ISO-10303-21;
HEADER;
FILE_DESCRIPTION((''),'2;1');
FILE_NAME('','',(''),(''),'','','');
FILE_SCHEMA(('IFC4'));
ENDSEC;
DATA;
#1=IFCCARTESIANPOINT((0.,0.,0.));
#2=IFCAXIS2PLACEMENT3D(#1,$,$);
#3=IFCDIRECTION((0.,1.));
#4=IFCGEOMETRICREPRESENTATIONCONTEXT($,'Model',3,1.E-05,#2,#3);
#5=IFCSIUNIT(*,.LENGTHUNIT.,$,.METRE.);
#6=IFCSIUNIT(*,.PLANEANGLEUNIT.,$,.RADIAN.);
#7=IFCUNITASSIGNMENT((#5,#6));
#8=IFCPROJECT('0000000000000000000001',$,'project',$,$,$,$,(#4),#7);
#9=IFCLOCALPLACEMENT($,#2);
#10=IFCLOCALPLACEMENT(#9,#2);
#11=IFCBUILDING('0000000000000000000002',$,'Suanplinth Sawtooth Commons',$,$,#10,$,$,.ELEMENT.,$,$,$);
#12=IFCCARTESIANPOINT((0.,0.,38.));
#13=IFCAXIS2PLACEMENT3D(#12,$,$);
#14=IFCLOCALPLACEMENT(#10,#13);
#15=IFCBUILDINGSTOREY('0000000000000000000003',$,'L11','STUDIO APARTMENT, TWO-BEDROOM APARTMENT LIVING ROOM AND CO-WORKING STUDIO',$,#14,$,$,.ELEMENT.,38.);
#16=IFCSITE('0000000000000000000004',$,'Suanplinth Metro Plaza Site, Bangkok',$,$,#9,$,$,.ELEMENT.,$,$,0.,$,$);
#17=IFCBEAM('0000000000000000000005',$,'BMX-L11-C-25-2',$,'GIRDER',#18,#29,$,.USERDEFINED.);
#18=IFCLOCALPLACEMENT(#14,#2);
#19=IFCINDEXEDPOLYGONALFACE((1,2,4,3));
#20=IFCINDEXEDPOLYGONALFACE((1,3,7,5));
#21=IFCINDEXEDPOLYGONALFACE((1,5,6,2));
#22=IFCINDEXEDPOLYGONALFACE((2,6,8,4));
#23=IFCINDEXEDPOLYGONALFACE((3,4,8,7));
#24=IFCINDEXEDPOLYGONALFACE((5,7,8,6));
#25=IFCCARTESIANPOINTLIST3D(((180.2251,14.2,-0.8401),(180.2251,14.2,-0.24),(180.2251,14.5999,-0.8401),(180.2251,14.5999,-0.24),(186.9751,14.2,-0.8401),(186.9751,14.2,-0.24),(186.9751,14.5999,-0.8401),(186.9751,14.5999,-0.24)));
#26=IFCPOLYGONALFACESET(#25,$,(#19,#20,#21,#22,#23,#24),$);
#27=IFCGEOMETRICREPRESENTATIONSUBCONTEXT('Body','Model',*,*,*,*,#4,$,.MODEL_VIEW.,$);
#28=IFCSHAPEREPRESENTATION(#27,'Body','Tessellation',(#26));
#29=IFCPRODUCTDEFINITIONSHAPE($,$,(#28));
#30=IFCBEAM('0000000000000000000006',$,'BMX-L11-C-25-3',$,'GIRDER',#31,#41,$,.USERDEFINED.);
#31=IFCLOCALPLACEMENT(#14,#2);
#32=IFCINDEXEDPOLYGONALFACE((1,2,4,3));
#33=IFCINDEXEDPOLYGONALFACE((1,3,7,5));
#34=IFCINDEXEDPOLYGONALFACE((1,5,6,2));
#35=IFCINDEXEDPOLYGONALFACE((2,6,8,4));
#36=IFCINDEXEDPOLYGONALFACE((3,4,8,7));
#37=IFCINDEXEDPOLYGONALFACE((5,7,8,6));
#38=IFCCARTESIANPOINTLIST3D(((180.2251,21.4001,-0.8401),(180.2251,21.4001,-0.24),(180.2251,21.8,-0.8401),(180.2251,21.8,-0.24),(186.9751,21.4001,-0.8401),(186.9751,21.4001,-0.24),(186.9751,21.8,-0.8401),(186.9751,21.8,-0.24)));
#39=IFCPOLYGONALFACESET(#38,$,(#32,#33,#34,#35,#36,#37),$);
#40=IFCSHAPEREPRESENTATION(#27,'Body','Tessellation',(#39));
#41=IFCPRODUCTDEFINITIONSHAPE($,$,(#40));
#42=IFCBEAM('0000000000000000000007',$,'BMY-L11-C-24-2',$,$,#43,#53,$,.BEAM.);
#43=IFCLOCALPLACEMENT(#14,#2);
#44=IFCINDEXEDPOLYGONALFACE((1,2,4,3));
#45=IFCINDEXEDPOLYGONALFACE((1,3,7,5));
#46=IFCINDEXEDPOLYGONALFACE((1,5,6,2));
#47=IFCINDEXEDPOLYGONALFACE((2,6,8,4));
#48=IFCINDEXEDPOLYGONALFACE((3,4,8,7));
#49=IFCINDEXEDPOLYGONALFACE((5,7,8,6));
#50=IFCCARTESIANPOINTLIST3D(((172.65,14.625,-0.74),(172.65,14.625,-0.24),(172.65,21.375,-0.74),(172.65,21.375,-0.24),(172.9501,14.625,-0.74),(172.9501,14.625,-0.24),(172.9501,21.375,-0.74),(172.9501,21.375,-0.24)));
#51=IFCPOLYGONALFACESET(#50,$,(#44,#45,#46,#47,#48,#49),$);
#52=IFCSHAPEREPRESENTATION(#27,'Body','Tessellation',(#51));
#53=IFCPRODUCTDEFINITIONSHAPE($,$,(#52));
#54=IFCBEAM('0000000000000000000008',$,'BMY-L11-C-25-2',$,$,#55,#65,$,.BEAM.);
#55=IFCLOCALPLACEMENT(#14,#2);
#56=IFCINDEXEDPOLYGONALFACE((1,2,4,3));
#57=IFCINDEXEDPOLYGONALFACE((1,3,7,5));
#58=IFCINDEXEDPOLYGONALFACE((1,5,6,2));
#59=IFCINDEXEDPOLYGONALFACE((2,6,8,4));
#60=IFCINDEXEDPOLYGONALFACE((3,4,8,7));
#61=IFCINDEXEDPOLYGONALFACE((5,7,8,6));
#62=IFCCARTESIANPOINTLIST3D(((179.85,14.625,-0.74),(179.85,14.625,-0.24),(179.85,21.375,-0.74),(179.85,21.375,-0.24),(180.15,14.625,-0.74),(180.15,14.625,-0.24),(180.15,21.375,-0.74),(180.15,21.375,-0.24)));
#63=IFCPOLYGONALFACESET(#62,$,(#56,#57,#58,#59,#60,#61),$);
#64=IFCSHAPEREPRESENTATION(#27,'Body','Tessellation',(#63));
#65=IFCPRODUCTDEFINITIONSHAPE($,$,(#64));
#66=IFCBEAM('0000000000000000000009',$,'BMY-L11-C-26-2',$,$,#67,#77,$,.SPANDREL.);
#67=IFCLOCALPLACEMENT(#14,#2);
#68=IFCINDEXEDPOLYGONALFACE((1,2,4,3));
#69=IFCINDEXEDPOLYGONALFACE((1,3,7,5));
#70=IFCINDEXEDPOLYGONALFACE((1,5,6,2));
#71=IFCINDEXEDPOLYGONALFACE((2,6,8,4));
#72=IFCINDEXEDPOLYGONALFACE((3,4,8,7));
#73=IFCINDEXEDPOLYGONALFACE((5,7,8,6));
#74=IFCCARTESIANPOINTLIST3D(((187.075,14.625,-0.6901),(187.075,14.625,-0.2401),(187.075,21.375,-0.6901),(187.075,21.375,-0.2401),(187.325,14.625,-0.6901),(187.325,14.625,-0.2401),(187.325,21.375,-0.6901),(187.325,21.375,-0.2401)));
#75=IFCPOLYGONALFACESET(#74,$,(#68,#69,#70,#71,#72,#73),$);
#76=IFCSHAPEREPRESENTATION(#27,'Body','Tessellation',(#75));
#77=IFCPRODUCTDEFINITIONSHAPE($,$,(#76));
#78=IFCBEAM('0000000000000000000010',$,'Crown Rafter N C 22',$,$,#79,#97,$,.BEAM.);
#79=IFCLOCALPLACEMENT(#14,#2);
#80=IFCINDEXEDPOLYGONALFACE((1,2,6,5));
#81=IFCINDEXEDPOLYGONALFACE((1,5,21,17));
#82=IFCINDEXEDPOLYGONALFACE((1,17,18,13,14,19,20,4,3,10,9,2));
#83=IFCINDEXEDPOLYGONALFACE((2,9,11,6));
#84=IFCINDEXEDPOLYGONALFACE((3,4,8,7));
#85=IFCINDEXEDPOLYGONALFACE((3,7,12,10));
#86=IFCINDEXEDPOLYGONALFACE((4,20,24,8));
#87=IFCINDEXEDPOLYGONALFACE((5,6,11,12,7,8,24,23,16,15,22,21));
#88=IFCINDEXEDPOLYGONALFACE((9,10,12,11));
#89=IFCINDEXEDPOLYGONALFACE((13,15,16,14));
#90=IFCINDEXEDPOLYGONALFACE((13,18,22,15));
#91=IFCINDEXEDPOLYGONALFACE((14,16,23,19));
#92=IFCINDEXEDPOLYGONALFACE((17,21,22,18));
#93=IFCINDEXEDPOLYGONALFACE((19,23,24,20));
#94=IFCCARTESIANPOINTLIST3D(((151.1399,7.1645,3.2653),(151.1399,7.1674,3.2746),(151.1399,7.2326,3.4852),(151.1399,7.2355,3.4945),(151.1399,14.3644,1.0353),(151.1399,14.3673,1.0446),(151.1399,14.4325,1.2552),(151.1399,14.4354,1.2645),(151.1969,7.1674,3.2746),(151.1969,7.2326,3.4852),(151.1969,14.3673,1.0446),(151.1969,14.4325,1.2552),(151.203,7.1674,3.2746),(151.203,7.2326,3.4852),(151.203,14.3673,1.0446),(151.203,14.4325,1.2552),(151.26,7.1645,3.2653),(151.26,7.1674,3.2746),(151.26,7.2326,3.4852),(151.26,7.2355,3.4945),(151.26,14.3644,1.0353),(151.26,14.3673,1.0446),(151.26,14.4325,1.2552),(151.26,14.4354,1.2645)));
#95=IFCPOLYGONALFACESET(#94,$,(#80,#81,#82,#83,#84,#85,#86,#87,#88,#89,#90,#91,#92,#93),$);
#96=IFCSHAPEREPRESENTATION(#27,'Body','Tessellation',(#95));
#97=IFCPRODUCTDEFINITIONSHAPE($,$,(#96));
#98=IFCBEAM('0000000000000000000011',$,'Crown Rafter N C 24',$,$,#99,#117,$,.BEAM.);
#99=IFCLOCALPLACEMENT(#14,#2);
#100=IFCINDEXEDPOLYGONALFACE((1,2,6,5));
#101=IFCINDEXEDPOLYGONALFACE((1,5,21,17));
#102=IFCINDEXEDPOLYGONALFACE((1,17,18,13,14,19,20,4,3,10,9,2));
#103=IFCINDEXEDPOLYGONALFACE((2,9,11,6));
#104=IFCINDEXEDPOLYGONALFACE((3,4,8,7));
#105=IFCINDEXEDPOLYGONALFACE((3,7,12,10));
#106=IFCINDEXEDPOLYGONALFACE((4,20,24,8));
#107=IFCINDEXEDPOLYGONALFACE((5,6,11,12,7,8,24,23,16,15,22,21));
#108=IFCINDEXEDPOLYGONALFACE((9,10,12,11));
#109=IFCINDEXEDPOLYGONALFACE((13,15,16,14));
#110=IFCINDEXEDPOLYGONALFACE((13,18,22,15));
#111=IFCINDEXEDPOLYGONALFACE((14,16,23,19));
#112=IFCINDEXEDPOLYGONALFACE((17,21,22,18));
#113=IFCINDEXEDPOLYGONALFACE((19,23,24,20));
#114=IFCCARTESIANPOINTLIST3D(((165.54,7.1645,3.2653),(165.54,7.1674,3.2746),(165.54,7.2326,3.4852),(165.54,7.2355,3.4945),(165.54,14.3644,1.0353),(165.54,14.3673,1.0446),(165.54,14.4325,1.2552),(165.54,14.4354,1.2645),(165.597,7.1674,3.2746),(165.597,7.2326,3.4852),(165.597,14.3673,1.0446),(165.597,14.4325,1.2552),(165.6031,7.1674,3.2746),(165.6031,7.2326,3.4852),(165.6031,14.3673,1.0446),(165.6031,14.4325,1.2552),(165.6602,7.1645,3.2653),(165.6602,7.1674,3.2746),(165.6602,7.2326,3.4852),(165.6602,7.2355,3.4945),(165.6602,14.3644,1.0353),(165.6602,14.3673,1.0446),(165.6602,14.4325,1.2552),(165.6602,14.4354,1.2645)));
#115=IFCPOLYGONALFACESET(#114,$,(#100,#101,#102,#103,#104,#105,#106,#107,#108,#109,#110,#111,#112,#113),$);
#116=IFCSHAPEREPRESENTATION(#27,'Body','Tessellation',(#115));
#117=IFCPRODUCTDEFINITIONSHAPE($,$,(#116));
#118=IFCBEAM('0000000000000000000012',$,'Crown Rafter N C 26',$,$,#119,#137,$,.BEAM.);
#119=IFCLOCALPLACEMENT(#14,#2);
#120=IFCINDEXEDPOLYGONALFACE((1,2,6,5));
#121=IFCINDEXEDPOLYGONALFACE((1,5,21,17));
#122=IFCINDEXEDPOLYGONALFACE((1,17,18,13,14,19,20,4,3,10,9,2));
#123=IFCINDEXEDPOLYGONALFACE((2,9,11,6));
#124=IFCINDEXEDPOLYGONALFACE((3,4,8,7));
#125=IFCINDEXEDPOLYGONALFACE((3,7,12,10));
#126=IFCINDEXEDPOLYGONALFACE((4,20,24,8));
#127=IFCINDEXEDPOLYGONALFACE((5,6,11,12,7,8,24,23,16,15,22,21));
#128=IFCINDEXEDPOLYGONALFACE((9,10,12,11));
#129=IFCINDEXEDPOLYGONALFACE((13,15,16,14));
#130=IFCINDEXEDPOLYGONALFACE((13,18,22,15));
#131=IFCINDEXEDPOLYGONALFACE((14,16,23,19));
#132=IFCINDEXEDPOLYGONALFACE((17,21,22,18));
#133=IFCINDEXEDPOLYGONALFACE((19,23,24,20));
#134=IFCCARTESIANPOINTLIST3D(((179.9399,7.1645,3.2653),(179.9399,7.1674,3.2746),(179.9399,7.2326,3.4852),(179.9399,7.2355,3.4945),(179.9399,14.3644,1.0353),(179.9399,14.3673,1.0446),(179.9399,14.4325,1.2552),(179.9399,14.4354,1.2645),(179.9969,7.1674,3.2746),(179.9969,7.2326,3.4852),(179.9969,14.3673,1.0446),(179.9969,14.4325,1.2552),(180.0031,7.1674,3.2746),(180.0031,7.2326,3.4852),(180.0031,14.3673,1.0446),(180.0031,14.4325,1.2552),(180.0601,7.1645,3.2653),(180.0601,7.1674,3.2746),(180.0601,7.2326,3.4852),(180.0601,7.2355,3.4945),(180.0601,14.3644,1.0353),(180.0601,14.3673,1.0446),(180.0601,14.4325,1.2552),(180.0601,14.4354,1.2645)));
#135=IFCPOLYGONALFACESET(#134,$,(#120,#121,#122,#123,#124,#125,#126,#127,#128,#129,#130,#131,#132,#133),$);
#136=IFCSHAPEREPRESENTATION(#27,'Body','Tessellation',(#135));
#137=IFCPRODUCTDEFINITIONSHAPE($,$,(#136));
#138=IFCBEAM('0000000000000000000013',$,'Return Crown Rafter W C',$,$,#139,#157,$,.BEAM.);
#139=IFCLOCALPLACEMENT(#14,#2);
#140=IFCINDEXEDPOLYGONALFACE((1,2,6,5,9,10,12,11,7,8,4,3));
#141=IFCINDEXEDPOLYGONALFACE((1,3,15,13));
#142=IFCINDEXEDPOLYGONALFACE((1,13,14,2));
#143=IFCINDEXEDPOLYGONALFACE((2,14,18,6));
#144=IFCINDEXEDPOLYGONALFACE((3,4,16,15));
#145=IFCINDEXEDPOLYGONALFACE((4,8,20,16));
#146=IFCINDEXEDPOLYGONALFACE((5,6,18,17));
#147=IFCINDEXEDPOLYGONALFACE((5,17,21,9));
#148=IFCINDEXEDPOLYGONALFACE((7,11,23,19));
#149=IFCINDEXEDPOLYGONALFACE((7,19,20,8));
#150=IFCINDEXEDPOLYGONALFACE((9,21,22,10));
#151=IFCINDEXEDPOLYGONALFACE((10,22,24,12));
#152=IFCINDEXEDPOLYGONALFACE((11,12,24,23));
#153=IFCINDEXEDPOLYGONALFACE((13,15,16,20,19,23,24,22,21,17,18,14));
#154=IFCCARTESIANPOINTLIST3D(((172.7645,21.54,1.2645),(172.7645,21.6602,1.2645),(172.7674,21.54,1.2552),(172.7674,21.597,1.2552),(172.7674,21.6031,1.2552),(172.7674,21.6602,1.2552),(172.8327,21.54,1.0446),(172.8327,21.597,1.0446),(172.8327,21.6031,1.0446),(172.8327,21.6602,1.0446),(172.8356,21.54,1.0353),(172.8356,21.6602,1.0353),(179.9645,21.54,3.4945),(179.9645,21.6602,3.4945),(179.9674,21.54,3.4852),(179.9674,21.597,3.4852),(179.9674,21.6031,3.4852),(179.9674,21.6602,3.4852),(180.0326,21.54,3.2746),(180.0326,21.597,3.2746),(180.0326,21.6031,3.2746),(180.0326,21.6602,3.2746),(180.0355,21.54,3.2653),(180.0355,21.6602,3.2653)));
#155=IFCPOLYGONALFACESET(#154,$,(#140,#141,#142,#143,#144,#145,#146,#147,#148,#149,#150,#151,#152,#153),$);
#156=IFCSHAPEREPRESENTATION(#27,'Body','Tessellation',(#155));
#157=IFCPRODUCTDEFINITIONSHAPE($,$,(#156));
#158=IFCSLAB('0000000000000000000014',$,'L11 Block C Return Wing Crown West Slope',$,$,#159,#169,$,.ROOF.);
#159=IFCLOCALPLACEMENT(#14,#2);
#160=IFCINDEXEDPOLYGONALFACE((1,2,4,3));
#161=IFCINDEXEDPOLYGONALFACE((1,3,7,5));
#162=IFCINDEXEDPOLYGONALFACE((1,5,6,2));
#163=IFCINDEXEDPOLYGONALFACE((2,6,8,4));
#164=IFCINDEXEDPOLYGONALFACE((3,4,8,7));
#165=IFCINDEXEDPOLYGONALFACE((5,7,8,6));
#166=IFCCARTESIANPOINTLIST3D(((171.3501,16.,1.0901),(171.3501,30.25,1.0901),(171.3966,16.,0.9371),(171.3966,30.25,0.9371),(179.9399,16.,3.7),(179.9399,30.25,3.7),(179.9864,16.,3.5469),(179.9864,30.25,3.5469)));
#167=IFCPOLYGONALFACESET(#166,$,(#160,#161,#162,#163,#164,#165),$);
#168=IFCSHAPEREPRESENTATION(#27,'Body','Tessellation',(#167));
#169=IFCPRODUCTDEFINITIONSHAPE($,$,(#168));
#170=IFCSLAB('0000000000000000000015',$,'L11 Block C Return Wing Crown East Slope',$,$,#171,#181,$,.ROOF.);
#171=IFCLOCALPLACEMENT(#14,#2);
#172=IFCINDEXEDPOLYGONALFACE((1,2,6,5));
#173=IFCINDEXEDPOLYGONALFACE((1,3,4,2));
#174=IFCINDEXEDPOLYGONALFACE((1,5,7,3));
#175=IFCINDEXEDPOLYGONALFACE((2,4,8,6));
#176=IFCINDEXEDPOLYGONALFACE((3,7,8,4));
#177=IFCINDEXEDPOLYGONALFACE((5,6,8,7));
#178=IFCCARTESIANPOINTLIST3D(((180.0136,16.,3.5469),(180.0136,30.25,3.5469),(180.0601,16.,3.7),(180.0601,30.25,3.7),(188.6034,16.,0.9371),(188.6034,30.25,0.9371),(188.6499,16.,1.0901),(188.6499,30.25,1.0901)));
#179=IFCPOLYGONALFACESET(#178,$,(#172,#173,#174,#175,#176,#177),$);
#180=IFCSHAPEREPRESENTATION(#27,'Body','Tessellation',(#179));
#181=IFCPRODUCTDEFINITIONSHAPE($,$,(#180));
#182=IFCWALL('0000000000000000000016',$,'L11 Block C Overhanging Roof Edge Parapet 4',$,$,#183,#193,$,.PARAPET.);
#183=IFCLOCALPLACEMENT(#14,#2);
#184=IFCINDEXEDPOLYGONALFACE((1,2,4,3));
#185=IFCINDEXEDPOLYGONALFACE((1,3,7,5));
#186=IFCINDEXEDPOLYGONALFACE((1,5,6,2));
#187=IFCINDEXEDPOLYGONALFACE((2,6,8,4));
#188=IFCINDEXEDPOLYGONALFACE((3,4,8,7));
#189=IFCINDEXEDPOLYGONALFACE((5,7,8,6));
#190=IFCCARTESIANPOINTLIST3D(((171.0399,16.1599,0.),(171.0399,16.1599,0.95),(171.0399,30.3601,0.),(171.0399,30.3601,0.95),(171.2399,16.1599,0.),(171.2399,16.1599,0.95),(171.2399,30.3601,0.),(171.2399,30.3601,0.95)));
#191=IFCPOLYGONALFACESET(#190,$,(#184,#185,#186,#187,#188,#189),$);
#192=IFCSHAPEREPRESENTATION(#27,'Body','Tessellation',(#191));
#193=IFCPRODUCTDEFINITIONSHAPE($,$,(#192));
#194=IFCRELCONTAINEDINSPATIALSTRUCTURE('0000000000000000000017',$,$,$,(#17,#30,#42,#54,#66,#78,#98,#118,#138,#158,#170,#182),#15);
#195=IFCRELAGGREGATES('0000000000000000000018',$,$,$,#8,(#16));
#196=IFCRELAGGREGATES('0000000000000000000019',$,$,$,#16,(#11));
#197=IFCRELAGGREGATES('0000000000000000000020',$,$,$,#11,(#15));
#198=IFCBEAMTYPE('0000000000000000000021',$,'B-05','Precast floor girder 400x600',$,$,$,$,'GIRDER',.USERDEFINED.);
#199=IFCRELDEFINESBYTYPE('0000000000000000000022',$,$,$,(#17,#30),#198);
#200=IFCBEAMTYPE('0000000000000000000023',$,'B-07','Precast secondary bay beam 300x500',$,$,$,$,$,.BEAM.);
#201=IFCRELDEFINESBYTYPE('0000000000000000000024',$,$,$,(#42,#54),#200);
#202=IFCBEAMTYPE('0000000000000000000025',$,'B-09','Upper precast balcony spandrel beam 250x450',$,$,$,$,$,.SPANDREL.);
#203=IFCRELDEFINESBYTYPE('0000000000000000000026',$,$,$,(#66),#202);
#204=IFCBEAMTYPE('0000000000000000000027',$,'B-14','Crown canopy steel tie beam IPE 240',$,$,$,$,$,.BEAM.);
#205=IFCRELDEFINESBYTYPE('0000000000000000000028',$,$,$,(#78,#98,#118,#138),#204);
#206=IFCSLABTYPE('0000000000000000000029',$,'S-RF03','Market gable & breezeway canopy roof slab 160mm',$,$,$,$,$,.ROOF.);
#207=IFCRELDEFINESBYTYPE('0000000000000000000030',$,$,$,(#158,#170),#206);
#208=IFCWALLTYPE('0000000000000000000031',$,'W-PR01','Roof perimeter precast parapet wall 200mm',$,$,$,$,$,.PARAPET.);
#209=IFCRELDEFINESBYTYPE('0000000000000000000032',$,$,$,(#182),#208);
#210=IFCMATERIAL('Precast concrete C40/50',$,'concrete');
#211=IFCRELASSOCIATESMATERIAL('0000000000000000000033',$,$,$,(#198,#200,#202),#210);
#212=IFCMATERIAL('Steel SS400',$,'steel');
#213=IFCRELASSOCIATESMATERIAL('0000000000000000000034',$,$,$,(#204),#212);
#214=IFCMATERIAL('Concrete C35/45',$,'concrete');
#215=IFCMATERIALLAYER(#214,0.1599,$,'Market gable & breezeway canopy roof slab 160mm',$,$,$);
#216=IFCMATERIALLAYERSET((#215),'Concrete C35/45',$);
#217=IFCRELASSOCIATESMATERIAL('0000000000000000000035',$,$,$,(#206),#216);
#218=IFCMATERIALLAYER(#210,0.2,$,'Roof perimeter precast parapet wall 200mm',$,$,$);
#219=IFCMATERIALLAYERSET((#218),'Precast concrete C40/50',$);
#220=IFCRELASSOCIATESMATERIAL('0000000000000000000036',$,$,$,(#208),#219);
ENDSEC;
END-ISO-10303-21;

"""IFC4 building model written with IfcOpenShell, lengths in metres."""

from ifc_helpers import new_model, si_unit, direction, frame, frame_2d, origin, origin_2d, place, context, subcontext, project, spatial, polyline, rectangle, i_section, outline, extrude, material, layer, layer_set, material_profile, profile_set, type_object, element, save


model = new_model("IFC4")

# Units and contexts
model_context = context("Model", 3, precision=1e-05, world=origin(), true_north=direction((0.0, 1.0)))
body_context = subcontext(model_context, "Body", "Model", "MODEL_VIEW")
ifc_project = project(units=[si_unit("LENGTHUNIT", "METRE"), si_unit("PLANEANGLEUNIT", "RADIAN")], contexts=[model_context])

# Site, building, storey
site_placement = place(None, origin())
site = spatial("IfcSite", under=ifc_project, at=site_placement, Name="Suanplinth Metro Plaza Site, Bangkok", CompositionType="ELEMENT", RefElevation=0.0)
building_placement = place(site_placement, origin())
building = spatial("IfcBuilding", under=site, at=building_placement, Name="Suanplinth Sawtooth Commons", CompositionType="ELEMENT")
storey_placement = place(building_placement, frame((0.0, 0.0, 38.0)))
storey = spatial("IfcBuildingStorey", under=building, at=storey_placement, Name="L11", Description="STUDIO APARTMENT, TWO-BEDROOM APARTMENT LIVING ROOM AND CO-WORKING STUDIO", CompositionType="ELEMENT", Elevation=38.0)

# Beams
ifc_material_1 = material(Name="Precast concrete C40/50", Category="concrete")
ifc_material_profile_1 = material_profile(ifc_material_1, rectangle(XDim=0.3999, YDim=0.6001, at=origin_2d()), Name="PC-GDR 400x600")
ifc_profile_set_1 = profile_set([ifc_material_profile_1], Name="Precast concrete C40/50")
beam_type_1 = type_object("IfcBeamType", Name="B-05", Description="Precast floor girder 400x600", ElementType="GIRDER", PredefinedType="USERDEFINED", material=ifc_profile_set_1)
for number, where, z_axis, x_axis, name in (
    (1, (180.2251, 14.3999, -0.54), (1.0, 0.0, 0.0), (0.0, 1.0, 0.0), "BMX-L11-C-25-2"),
    (2, (180.2251, 21.6001, -0.54), (1.0, 0.0, 0.0), (0.0, 1.0, 0.0), "BMX-L11-C-25-3"),
):
    element("IfcBeam", number, at=place(storey_placement, frame(where, z_axis=z_axis, x_axis=x_axis)), inside=storey, type_object=beam_type_1, Name=name, ObjectType="GIRDER", PredefinedType="USERDEFINED", context=body_context, shape_type="SweptSolid", body=[
        extrude(rectangle(XDim=0.3999, YDim=0.6001, at=origin_2d()), origin(), (0.0, 0.0, 1.0), 6.75),
    ])
ifc_material_profile_2 = material_profile(ifc_material_1, rectangle(XDim=0.3, YDim=0.5, at=origin_2d()), Name="PC-BM 300x500")
ifc_profile_set_2 = profile_set([ifc_material_profile_2], Name="Precast concrete C40/50")
beam_type_2 = type_object("IfcBeamType", Name="B-07", Description="Precast secondary bay beam 300x500", PredefinedType="BEAM", material=ifc_profile_set_2)
for number, where, z_axis, x_axis, name in (
    (3, (172.8, 14.625, -0.49), (0.0, 1.0, 0.0), (-1.0, 0.0, 0.0), "BMY-L11-C-24-2"),
    (4, (180.0, 14.625, -0.49), (0.0, 1.0, 0.0), (-1.0, 0.0, 0.0), "BMY-L11-C-25-2"),
):
    element("IfcBeam", number, at=place(storey_placement, frame(where, z_axis=z_axis, x_axis=x_axis)), inside=storey, type_object=beam_type_2, Name=name, PredefinedType="BEAM", context=body_context, shape_type="SweptSolid", body=[
        extrude(rectangle(XDim=0.3, YDim=0.5, at=origin_2d()), origin(), (0.0, 0.0, 1.0), 6.75),
    ])
ifc_material_profile_3 = material_profile(ifc_material_1, rectangle(XDim=0.25, YDim=0.45, at=origin_2d()), Name="PC-SP 250x450")
ifc_profile_set_3 = profile_set([ifc_material_profile_3], Name="Precast concrete C40/50")
beam_type_3 = type_object("IfcBeamType", Name="B-09", Description="Upper precast balcony spandrel beam 250x450", PredefinedType="SPANDREL", material=ifc_profile_set_3)
beam_placement = place(storey_placement, frame((187.2, 14.625, -0.4651), z_axis=(0.0, 1.0, 0.0), x_axis=(-1.0, 0.0, 0.0)))
element("IfcBeam", 5, at=beam_placement, inside=storey, type_object=beam_type_3, Name="BMY-L11-C-26-2", PredefinedType="SPANDREL", context=body_context, shape_type="SweptSolid", body=[
    extrude(rectangle(XDim=0.25, YDim=0.45, at=origin_2d()), origin(), (0.0, 0.0, 1.0), 6.75),
])
ifc_material_2 = material(Name="Steel SS400", Category="steel")
ifc_material_profile_4 = material_profile(ifc_material_2, i_section(OverallWidth=0.1201, OverallDepth=0.24, WebThickness=0.0061, FlangeThickness=0.0098, at=origin_2d()), Name="IPE 240")
ifc_profile_set_4 = profile_set([ifc_material_profile_4], Name="Steel SS400")
beam_type_4 = type_object("IfcBeamType", Name="B-14", Description="Crown canopy steel tie beam IPE 240", PredefinedType="BEAM", material=ifc_profile_set_4)
for number, where, z_axis, x_axis, name in (
    (6, (151.2, 14.3999, 1.1499), (0.0, -0.955233, 0.295856), (1.0, 0.0, 0.0), "Crown Rafter N C 22"),
    (7, (165.6001, 14.3999, 1.1499), (0.0, -0.955233, 0.295856), (1.0, 0.0, 0.0), "Crown Rafter N C 24"),
    (8, (180.0, 14.3999, 1.1499), (0.0, -0.955233, 0.295856), (1.0, 0.0, 0.0), "Crown Rafter N C 26"),
    (9, (172.8, 21.6001, 1.1499), (0.955233, 0.0, 0.295856), (0.0, 1.0, 0.0), "Return Crown Rafter W C"),
):
    element("IfcBeam", number, at=place(storey_placement, frame(where, z_axis=z_axis, x_axis=x_axis)), inside=storey, type_object=beam_type_4, Name=name, PredefinedType="BEAM", context=body_context, shape_type="SweptSolid", body=[
        extrude(i_section(OverallWidth=0.1201, OverallDepth=0.24, WebThickness=0.0061, FlangeThickness=0.0098, at=origin_2d()), origin(), (0.0, 0.0, 1.0), 7.5374),
    ])

# Slabs
ifc_material_3 = material(Name="Concrete C35/45", Category="concrete")
ifc_layer_1 = layer(ifc_material_3, 0.1599, Name="Market gable & breezeway canopy roof slab 160mm")
ifc_layer_set_1 = layer_set([ifc_layer_1], Name="Concrete C35/45")
slab_type = type_object("IfcSlabType", Name="S-RF03", Description="Market gable & breezeway canopy roof slab 160mm", PredefinedType="ROOF", material=ifc_layer_set_1)
slab_1_placement = place(storey_placement, frame((171.3501, 16.0, 1.0901), z_axis=(-0.290709, 0.0, 0.956811), x_axis=(0.0, 1.0, 0.0)))
element("IfcSlab", 10, at=slab_1_placement, inside=storey, type_object=slab_type, Name="L11 Block C Return Wing Crown West Slope", PredefinedType="ROOF", context=body_context, shape_type="SweptSolid", body=[
    extrude(outline(polyline([(0.0, 0.0), (14.25, 0.0), (14.25, -8.9776), (0.0, -8.9776), (0.0, 0.0)])), origin(), (0.0, 0.0, -1.0), 0.1599),
])
slab_2_placement = place(storey_placement, frame((188.6499, 16.0, 1.0901), z_axis=(0.290709, 0.0, 0.956811), x_axis=(0.0, 1.0, 0.0)))
element("IfcSlab", 11, at=slab_2_placement, inside=storey, type_object=slab_type, Name="L11 Block C Return Wing Crown East Slope", PredefinedType="ROOF", context=body_context, shape_type="SweptSolid", body=[
    extrude(outline(polyline([(0.0, 0.0), (14.25, 0.0), (14.25, 8.9776), (0.0, 8.9776), (0.0, 0.0)])), origin(), (0.0, 0.0, -1.0), 0.1599),
])

# Wall
ifc_layer_2 = layer(ifc_material_1, 0.2, Name="Roof perimeter precast parapet wall 200mm")
ifc_layer_set_2 = layer_set([ifc_layer_2], Name="Precast concrete C40/50")
wall_type_1 = type_object("IfcWallType", Name="W-PR01", Description="Roof perimeter precast parapet wall 200mm", PredefinedType="PARAPET", material=ifc_layer_set_2)
wall_1_placement = place(storey_placement, frame((171.1399, 16.1599, 0.0), z_axis=(0.0, 0.0, 1.0), x_axis=(0.0, 1.0, 0.0)))
element("IfcWall", 12, at=wall_1_placement, inside=storey, type_object=wall_type_1, Name="L11 Block C Overhanging Roof Edge Parapet 4", PredefinedType="PARAPET", context=body_context, shape_type="SweptSolid", body=[
    extrude(rectangle(XDim=14.2002, YDim=0.2, at=frame_2d((7.1001, 0.0))), origin(), (0.0, 0.0, 1.0), 0.95),
])

save(model, "model.ifc")
